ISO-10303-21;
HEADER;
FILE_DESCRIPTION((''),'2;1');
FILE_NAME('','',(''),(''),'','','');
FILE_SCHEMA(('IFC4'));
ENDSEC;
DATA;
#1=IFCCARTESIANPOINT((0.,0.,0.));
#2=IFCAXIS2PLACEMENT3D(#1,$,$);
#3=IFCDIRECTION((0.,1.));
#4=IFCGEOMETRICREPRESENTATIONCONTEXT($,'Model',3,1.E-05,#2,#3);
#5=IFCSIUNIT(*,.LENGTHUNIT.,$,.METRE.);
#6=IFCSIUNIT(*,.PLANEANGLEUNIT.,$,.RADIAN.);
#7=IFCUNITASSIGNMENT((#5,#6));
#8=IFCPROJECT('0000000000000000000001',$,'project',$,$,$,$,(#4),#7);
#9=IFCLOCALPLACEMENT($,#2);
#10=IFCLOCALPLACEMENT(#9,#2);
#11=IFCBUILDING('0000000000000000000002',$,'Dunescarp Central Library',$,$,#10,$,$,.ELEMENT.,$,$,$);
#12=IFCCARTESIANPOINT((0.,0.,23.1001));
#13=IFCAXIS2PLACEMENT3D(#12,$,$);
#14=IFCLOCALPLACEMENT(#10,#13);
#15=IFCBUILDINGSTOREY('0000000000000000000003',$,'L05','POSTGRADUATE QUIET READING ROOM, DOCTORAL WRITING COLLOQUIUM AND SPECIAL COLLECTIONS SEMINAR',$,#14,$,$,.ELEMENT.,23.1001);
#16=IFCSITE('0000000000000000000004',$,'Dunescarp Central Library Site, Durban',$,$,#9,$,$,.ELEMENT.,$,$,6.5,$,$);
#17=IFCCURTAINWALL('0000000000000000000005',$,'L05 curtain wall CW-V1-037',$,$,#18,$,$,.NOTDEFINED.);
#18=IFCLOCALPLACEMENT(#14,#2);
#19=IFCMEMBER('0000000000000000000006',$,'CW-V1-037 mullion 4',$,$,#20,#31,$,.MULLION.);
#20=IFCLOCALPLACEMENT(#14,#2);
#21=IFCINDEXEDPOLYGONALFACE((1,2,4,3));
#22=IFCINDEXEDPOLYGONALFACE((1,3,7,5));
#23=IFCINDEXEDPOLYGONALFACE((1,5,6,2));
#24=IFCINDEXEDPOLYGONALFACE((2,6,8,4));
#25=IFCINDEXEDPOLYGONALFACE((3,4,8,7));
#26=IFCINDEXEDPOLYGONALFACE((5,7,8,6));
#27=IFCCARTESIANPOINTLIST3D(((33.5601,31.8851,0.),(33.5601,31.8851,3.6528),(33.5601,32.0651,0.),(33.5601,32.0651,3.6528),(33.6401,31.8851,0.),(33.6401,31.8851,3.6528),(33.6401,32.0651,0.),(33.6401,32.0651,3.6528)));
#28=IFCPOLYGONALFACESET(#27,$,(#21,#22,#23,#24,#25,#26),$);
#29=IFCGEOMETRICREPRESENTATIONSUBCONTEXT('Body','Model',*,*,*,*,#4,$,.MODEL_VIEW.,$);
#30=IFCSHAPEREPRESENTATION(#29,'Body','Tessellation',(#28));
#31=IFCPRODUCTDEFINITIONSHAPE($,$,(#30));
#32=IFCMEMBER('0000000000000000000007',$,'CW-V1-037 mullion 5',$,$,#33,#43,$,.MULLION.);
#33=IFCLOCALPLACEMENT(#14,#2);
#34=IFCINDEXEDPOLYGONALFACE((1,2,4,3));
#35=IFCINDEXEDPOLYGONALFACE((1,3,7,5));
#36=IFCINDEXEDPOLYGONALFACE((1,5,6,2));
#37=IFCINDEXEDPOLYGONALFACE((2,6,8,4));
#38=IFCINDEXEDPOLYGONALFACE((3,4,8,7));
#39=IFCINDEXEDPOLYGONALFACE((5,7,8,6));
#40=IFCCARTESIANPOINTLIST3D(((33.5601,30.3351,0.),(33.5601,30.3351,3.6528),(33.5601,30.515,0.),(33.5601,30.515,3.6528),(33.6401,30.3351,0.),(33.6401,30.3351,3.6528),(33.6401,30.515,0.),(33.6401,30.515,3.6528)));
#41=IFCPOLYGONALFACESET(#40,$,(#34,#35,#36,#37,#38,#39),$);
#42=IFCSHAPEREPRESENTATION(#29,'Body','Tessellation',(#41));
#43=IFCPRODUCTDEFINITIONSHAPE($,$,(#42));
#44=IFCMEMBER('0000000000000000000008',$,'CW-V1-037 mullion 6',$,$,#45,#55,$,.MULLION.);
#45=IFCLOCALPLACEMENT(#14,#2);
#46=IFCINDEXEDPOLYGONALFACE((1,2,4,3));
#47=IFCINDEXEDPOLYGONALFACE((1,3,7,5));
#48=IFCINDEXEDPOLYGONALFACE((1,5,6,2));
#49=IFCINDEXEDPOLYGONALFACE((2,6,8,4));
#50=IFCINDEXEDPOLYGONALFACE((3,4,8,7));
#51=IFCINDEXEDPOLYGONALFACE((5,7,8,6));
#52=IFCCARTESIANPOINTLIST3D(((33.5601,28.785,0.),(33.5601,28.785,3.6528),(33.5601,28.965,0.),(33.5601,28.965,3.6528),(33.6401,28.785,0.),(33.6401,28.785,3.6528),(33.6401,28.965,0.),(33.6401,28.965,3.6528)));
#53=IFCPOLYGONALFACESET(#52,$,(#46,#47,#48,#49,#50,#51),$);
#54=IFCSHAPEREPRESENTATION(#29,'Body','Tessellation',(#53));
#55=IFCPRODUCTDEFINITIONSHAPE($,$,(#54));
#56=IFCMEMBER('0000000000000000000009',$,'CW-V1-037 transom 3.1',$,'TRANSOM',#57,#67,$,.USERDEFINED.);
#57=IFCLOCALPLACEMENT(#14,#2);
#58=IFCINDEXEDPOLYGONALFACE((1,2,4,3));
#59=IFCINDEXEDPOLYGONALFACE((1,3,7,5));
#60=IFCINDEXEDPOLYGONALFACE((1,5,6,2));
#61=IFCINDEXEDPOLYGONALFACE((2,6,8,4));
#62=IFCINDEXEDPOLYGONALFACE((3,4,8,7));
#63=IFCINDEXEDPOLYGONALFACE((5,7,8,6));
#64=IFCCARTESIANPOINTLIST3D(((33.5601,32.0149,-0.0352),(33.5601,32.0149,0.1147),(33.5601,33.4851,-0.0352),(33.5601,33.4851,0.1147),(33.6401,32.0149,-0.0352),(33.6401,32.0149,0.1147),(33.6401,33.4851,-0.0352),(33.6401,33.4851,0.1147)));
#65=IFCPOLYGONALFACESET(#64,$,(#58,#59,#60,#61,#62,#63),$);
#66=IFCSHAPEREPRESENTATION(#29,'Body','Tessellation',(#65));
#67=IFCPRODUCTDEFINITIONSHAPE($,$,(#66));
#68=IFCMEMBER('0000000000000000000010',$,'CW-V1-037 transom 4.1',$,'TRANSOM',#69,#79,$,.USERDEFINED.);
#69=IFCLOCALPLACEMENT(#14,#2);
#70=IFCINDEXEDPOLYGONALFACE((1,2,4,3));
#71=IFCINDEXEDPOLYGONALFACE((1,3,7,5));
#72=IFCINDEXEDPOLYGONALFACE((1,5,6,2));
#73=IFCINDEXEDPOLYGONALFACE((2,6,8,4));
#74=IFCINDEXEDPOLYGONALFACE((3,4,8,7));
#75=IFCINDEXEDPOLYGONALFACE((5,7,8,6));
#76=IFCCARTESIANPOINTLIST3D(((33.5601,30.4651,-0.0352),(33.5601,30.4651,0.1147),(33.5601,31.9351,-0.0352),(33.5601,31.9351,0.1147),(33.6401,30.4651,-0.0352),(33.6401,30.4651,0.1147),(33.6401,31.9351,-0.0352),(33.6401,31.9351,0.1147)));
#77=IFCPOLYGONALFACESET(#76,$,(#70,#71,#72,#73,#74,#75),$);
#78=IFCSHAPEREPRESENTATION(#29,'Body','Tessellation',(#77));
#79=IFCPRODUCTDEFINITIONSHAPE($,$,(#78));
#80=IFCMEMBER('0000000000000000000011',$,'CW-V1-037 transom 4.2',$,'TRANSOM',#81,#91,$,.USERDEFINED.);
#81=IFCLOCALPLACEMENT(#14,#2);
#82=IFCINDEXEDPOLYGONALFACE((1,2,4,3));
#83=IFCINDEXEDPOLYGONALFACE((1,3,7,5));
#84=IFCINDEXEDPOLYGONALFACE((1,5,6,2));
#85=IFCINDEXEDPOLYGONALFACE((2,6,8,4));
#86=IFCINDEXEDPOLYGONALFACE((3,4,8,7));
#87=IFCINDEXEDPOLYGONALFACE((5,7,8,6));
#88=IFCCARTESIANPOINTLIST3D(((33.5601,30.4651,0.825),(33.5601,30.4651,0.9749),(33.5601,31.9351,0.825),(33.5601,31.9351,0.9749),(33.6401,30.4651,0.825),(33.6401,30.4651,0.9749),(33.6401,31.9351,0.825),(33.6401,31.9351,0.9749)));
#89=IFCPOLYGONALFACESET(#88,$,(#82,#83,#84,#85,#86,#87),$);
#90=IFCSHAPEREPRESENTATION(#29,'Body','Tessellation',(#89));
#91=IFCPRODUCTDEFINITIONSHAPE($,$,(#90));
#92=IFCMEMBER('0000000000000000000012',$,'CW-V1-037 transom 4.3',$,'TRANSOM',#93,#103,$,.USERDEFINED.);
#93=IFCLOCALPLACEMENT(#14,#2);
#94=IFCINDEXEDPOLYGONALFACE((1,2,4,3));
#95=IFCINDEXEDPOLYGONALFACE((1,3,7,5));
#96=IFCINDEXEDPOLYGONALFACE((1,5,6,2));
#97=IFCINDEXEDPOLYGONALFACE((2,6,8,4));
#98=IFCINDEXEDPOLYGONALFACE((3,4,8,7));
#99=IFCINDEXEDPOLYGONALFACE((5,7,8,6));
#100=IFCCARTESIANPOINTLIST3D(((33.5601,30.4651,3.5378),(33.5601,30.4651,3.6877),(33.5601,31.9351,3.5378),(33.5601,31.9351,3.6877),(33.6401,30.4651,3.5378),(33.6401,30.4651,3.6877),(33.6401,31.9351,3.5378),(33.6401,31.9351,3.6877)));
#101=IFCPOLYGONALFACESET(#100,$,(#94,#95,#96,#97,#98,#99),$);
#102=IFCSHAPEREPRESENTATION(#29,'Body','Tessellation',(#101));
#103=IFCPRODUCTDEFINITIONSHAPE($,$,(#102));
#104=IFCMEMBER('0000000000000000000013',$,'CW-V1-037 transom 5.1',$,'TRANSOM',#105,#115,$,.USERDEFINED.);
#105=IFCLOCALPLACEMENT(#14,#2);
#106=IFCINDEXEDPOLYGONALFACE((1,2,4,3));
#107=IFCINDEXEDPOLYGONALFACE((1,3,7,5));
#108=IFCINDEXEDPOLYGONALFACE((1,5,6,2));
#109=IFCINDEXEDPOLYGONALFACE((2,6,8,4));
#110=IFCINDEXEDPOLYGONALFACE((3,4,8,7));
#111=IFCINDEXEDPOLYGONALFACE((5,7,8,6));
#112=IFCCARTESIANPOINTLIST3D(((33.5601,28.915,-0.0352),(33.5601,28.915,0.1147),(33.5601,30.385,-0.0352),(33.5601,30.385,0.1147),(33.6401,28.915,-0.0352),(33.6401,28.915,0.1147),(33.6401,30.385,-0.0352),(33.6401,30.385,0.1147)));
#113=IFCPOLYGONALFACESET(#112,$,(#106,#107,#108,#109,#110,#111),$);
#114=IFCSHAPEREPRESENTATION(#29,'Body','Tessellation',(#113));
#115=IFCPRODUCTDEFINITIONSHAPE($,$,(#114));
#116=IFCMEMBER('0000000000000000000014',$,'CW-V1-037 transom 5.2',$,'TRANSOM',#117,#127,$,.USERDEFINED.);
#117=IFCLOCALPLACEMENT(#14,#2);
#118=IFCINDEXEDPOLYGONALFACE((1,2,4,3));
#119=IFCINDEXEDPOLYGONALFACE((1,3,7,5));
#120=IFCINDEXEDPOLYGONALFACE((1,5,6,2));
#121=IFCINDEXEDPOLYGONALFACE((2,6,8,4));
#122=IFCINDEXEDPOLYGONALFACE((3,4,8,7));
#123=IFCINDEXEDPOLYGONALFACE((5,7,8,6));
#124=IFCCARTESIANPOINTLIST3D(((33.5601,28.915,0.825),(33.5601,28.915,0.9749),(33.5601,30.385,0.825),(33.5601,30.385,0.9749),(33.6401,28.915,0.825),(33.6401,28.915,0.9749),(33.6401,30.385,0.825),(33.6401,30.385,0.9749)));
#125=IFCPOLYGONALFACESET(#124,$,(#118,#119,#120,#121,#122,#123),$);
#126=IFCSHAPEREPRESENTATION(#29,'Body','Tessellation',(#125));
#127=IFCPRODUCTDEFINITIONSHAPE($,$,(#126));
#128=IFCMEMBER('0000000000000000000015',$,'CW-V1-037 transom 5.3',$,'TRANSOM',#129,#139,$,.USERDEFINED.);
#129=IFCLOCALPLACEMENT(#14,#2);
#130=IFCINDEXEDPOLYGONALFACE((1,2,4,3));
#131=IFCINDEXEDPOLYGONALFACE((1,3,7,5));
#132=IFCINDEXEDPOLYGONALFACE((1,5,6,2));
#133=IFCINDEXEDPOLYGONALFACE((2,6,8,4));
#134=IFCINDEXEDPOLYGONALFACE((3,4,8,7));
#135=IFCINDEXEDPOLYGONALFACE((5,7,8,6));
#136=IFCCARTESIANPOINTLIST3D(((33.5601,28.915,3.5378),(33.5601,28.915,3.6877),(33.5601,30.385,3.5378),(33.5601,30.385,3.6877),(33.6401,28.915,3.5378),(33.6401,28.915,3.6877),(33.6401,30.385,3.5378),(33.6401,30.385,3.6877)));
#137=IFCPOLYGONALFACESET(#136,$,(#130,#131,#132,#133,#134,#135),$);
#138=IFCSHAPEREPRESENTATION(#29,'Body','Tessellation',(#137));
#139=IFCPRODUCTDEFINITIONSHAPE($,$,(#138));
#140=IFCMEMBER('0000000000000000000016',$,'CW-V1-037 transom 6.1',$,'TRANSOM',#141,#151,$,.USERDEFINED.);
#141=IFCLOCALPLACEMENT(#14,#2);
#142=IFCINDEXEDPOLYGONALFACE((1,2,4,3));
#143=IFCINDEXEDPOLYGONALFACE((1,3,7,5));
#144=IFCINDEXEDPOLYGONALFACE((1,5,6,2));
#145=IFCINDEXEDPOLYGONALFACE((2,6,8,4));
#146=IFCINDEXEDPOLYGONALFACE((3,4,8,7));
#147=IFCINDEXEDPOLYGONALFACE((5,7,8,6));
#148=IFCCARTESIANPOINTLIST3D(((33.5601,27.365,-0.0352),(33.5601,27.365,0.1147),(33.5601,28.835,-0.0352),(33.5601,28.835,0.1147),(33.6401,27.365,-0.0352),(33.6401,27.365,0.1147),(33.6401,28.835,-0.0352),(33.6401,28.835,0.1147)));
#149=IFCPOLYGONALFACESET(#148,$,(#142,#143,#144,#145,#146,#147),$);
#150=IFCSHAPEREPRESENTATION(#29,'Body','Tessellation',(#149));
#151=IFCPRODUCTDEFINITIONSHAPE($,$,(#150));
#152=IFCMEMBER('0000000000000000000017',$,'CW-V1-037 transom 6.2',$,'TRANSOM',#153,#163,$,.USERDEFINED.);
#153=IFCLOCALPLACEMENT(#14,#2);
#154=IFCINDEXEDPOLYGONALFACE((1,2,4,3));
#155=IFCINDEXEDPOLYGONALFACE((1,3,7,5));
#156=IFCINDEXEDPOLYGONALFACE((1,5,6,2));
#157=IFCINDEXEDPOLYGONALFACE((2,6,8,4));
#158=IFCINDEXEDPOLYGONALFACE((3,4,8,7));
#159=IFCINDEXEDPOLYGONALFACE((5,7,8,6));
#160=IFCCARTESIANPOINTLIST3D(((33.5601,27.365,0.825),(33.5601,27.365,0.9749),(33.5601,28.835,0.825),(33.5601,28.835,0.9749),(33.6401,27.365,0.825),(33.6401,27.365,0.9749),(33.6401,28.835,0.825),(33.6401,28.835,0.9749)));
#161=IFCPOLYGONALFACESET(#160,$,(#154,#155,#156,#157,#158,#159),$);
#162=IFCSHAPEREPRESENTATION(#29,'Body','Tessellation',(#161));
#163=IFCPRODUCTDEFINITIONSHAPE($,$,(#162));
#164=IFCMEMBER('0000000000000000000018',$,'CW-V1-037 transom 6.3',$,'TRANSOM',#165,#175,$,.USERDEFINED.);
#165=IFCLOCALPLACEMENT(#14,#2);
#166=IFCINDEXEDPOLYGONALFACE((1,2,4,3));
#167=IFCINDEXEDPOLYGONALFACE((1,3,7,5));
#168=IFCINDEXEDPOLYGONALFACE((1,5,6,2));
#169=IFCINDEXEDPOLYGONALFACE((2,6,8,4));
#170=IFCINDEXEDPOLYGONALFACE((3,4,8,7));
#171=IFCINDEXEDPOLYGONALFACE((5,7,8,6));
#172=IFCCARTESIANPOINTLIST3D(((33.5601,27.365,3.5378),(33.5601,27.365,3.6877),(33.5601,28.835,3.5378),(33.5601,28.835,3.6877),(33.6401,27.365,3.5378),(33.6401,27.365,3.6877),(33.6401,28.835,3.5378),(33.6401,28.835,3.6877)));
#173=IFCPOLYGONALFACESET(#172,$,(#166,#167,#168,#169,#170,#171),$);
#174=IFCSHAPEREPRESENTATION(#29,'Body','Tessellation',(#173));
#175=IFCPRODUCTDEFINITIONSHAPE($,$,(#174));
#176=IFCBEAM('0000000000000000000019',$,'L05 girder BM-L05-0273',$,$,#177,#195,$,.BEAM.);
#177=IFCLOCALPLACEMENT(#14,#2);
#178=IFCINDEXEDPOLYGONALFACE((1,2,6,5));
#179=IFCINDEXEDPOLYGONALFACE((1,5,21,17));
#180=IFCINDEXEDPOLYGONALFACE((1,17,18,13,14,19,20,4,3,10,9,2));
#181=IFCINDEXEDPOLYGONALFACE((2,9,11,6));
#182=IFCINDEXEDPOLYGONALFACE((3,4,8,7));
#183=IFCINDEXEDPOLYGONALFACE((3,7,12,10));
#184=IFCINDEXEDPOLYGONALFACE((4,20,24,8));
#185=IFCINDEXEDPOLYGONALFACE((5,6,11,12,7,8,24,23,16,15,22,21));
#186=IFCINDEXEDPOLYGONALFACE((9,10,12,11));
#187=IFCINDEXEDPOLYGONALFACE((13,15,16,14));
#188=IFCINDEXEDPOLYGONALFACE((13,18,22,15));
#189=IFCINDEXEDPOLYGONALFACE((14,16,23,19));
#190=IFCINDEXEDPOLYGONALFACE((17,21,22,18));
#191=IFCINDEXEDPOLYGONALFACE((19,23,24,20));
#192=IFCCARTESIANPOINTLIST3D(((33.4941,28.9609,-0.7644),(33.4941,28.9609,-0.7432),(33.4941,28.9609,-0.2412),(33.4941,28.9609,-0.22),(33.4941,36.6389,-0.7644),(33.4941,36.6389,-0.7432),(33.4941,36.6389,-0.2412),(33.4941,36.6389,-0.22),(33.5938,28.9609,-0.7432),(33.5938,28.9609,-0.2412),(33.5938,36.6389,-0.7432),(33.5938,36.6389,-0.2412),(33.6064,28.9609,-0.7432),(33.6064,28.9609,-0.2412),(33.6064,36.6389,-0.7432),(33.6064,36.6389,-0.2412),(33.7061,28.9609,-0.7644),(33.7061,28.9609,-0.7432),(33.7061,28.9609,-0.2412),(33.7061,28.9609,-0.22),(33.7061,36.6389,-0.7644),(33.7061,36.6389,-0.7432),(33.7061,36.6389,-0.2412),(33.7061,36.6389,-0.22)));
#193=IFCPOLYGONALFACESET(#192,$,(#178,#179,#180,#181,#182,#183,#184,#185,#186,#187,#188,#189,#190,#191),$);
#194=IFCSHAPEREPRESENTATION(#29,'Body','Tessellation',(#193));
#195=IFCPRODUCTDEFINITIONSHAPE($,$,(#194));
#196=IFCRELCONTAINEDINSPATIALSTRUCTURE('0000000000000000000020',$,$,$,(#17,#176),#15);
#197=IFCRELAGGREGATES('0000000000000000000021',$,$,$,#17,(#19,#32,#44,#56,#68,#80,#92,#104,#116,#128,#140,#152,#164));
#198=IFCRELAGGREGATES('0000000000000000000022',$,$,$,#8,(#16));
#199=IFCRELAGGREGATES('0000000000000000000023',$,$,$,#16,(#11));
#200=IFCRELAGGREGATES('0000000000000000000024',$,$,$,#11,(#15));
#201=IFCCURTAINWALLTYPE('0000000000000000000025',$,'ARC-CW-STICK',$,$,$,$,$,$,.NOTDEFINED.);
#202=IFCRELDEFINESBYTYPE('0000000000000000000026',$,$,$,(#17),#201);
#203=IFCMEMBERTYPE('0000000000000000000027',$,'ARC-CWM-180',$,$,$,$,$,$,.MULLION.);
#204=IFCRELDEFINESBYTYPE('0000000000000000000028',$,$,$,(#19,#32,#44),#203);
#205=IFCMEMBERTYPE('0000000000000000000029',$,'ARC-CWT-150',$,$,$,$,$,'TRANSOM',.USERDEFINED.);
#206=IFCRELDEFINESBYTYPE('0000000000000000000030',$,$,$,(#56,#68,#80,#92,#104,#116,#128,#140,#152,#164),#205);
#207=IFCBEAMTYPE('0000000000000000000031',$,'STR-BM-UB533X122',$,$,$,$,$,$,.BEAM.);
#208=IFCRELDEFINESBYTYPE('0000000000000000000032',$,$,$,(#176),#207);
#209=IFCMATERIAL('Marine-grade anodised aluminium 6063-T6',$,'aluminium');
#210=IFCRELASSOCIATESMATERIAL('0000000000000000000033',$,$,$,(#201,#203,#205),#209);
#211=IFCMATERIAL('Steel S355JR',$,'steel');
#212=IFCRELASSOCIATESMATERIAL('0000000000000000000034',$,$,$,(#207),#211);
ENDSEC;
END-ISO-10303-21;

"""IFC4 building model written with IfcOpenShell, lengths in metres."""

from ifc_helpers import new_model, si_unit, direction, frame, origin, origin_2d, place, context, subcontext, project, spatial, rectangle, i_section, extrude, material, material_profile, profile_set, type_object, element, aggregate, save


model = new_model("IFC4")

# Units and contexts
model_context = context("Model", 3, precision=1e-05, world=origin(), true_north=direction((0.0, 1.0)))
body_context = subcontext(model_context, "Body", "Model", "MODEL_VIEW")
ifc_project = project(units=[si_unit("LENGTHUNIT", "METRE"), si_unit("PLANEANGLEUNIT", "RADIAN")], contexts=[model_context])

# Site, building, storey
site_placement = place(None, origin())
site = spatial("IfcSite", under=ifc_project, at=site_placement, Name="Dunescarp Central Library Site, Durban", CompositionType="ELEMENT", RefElevation=6.5)
building_placement = place(site_placement, origin())
building = spatial("IfcBuilding", under=site, at=building_placement, Name="Dunescarp Central Library", CompositionType="ELEMENT")
storey_placement = place(building_placement, frame((0.0, 0.0, 23.1001)))
storey = spatial("IfcBuildingStorey", under=building, at=storey_placement, Name="L05", Description="POSTGRADUATE QUIET READING ROOM, DOCTORAL WRITING COLLOQUIUM AND SPECIAL COLLECTIONS SEMINAR", CompositionType="ELEMENT", Elevation=23.1001)

# Curtain wall, members
ifc_material_1 = material(Name="Marine-grade anodised aluminium 6063-T6", Category="aluminium")
curtain_wall_type = type_object("IfcCurtainWallType", Name="ARC-CW-STICK", PredefinedType="NOTDEFINED", material=ifc_material_1)
curtain_wall_placement = place(storey_placement, origin())
curtain_wall = element("IfcCurtainWall", 1, at=curtain_wall_placement, inside=storey, type_object=curtain_wall_type, Name="L05 curtain wall CW-V1-037", PredefinedType="NOTDEFINED")
ifc_material_profile_1 = material_profile(ifc_material_1, rectangle(XDim=0.0801, YDim=0.1799, at=origin_2d()), Name="AL 80x180")
ifc_profile_set_1 = profile_set([ifc_material_profile_1], Name="Marine-grade anodised aluminium 6063-T6")
member_type_1 = type_object("IfcMemberType", Name="ARC-CWM-180", PredefinedType="MULLION", material=ifc_profile_set_1)
member_1_placement = place(storey_placement, frame((33.6001, 31.9751, 0.0), z_axis=(0.0, 0.0, 1.0), x_axis=(1.0, 0.0, 0.0)))
member_1 = element("IfcMember", 2, at=member_1_placement, type_object=member_type_1, Name="CW-V1-037 mullion 4", PredefinedType="MULLION", context=body_context, shape_type="SweptSolid", body=[
    extrude(rectangle(XDim=0.0801, YDim=0.1799, at=origin_2d()), origin(), (0.0, 0.0, 1.0), 3.6528),
])
member_2_placement = place(storey_placement, frame((33.6001, 30.425, 0.0), z_axis=(0.0, 0.0, 1.0), x_axis=(1.0, 0.0, 0.0)))
member_2 = element("IfcMember", 3, at=member_2_placement, type_object=member_type_1, Name="CW-V1-037 mullion 5", PredefinedType="MULLION", context=body_context, shape_type="SweptSolid", body=[
    extrude(rectangle(XDim=0.0801, YDim=0.1799, at=origin_2d()), origin(), (0.0, 0.0, 1.0), 3.6528),
])
member_3_placement = place(storey_placement, frame((33.6001, 28.875, 0.0), z_axis=(0.0, 0.0, 1.0), x_axis=(1.0, 0.0, 0.0)))
member_3 = element("IfcMember", 4, at=member_3_placement, type_object=member_type_1, Name="CW-V1-037 mullion 6", PredefinedType="MULLION", context=body_context, shape_type="SweptSolid", body=[
    extrude(rectangle(XDim=0.0801, YDim=0.1799, at=origin_2d()), origin(), (0.0, 0.0, 1.0), 3.6528),
])
ifc_material_profile_2 = material_profile(ifc_material_1, rectangle(XDim=0.0801, YDim=0.1499, at=origin_2d()), Name="AL 80x150")
ifc_profile_set_2 = profile_set([ifc_material_profile_2], Name="Marine-grade anodised aluminium 6063-T6")
member_type_2 = type_object("IfcMemberType", Name="ARC-CWT-150", ElementType="TRANSOM", PredefinedType="USERDEFINED", material=ifc_profile_set_2)
member_4_placement = place(storey_placement, frame((33.6001, 33.4851, 0.0398), z_axis=(0.0, -1.0, 0.0), x_axis=(1.0, 0.0, 0.0)))
member_4 = element("IfcMember", 5, at=member_4_placement, type_object=member_type_2, Name="CW-V1-037 transom 3.1", ObjectType="TRANSOM", PredefinedType="USERDEFINED", context=body_context, shape_type="SweptSolid", body=[
    extrude(rectangle(XDim=0.0801, YDim=0.1499, at=origin_2d()), origin(), (0.0, 0.0, 1.0), 1.4702),
])
member_5_placement = place(storey_placement, frame((33.6001, 31.9351, 0.0398), z_axis=(0.0, -1.0, 0.0), x_axis=(1.0, 0.0, 0.0)))
member_5 = element("IfcMember", 6, at=member_5_placement, type_object=member_type_2, Name="CW-V1-037 transom 4.1", ObjectType="TRANSOM", PredefinedType="USERDEFINED", context=body_context, shape_type="SweptSolid", body=[
    extrude(rectangle(XDim=0.0801, YDim=0.1499, at=origin_2d()), origin(), (0.0, 0.0, 1.0), 1.47),
])
member_6_placement = place(storey_placement, frame((33.6001, 31.9351, 0.8999), z_axis=(0.0, -1.0, 0.0), x_axis=(1.0, 0.0, 0.0)))
member_6 = element("IfcMember", 7, at=member_6_placement, type_object=member_type_2, Name="CW-V1-037 transom 4.2", ObjectType="TRANSOM", PredefinedType="USERDEFINED", context=body_context, shape_type="SweptSolid", body=[
    extrude(rectangle(XDim=0.0801, YDim=0.1499, at=origin_2d()), origin(), (0.0, 0.0, 1.0), 1.47),
])
member_7_placement = place(storey_placement, frame((33.6001, 31.9351, 3.6128), z_axis=(0.0, -1.0, 0.0), x_axis=(1.0, 0.0, 0.0)))
member_7 = element("IfcMember", 8, at=member_7_placement, type_object=member_type_2, Name="CW-V1-037 transom 4.3", ObjectType="TRANSOM", PredefinedType="USERDEFINED", context=body_context, shape_type="SweptSolid", body=[
    extrude(rectangle(XDim=0.0801, YDim=0.1499, at=origin_2d()), origin(), (0.0, 0.0, 1.0), 1.47),
])
member_8_placement = place(storey_placement, frame((33.6001, 30.385, 0.0398), z_axis=(0.0, -1.0, 0.0), x_axis=(1.0, 0.0, 0.0)))
member_8 = element("IfcMember", 9, at=member_8_placement, type_object=member_type_2, Name="CW-V1-037 transom 5.1", ObjectType="TRANSOM", PredefinedType="USERDEFINED", context=body_context, shape_type="SweptSolid", body=[
    extrude(rectangle(XDim=0.0801, YDim=0.1499, at=origin_2d()), origin(), (0.0, 0.0, 1.0), 1.47),
])
member_9_placement = place(storey_placement, frame((33.6001, 30.385, 0.8999), z_axis=(0.0, -1.0, 0.0), x_axis=(1.0, 0.0, 0.0)))
member_9 = element("IfcMember", 10, at=member_9_placement, type_object=member_type_2, Name="CW-V1-037 transom 5.2", ObjectType="TRANSOM", PredefinedType="USERDEFINED", context=body_context, shape_type="SweptSolid", body=[
    extrude(rectangle(XDim=0.0801, YDim=0.1499, at=origin_2d()), origin(), (0.0, 0.0, 1.0), 1.47),
])
member_10_placement = place(storey_placement, frame((33.6001, 30.385, 3.6128), z_axis=(0.0, -1.0, 0.0), x_axis=(1.0, 0.0, 0.0)))
member_10 = element("IfcMember", 11, at=member_10_placement, type_object=member_type_2, Name="CW-V1-037 transom 5.3", ObjectType="TRANSOM", PredefinedType="USERDEFINED", context=body_context, shape_type="SweptSolid", body=[
    extrude(rectangle(XDim=0.0801, YDim=0.1499, at=origin_2d()), origin(), (0.0, 0.0, 1.0), 1.47),
])
member_11_placement = place(storey_placement, frame((33.6001, 28.835, 0.0398), z_axis=(0.0, -1.0, 0.0), x_axis=(1.0, 0.0, 0.0)))
member_11 = element("IfcMember", 12, at=member_11_placement, type_object=member_type_2, Name="CW-V1-037 transom 6.1", ObjectType="TRANSOM", PredefinedType="USERDEFINED", context=body_context, shape_type="SweptSolid", body=[
    extrude(rectangle(XDim=0.0801, YDim=0.1499, at=origin_2d()), origin(), (0.0, 0.0, 1.0), 1.47),
])
member_12_placement = place(storey_placement, frame((33.6001, 28.835, 0.8999), z_axis=(0.0, -1.0, 0.0), x_axis=(1.0, 0.0, 0.0)))
member_12 = element("IfcMember", 13, at=member_12_placement, type_object=member_type_2, Name="CW-V1-037 transom 6.2", ObjectType="TRANSOM", PredefinedType="USERDEFINED", context=body_context, shape_type="SweptSolid", body=[
    extrude(rectangle(XDim=0.0801, YDim=0.1499, at=origin_2d()), origin(), (0.0, 0.0, 1.0), 1.47),
])
member_13_placement = place(storey_placement, frame((33.6001, 28.835, 3.6128), z_axis=(0.0, -1.0, 0.0), x_axis=(1.0, 0.0, 0.0)))
member_13 = element("IfcMember", 14, at=member_13_placement, type_object=member_type_2, Name="CW-V1-037 transom 6.3", ObjectType="TRANSOM", PredefinedType="USERDEFINED", context=body_context, shape_type="SweptSolid", body=[
    extrude(rectangle(XDim=0.0801, YDim=0.1499, at=origin_2d()), origin(), (0.0, 0.0, 1.0), 1.47),
])

# Beam
ifc_material_2 = material(Name="Steel S355JR", Category="steel")
ifc_material_profile_3 = material_profile(ifc_material_2, i_section(OverallWidth=0.2119, OverallDepth=0.5444, WebThickness=0.0127, FlangeThickness=0.0212, at=origin_2d()), Name="UB 533x210x122")
ifc_profile_set_3 = profile_set([ifc_material_profile_3], Name="Steel S355JR")
beam_type_1 = type_object("IfcBeamType", Name="STR-BM-UB533X122", PredefinedType="BEAM", material=ifc_profile_set_3)
beam_placement = place(storey_placement, frame((33.6001, 28.9609, -0.4922), z_axis=(0.0, 1.0, 0.0), x_axis=(-1.0, 0.0, 0.0)))
element("IfcBeam", 15, at=beam_placement, inside=storey, type_object=beam_type_1, Name="L05 girder BM-L05-0273", PredefinedType="BEAM", context=body_context, shape_type="SweptSolid", body=[
    extrude(i_section(OverallWidth=0.2119, OverallDepth=0.5444, WebThickness=0.0127, FlangeThickness=0.0212, at=origin_2d()), origin(), (0.0, 0.0, 1.0), 7.678),
])

aggregate(curtain_wall, [member_1, member_2, member_3, member_4, member_5, member_6, member_7, member_8, member_9, member_10, member_11, member_12, member_13])

save(model, "model.ifc")
